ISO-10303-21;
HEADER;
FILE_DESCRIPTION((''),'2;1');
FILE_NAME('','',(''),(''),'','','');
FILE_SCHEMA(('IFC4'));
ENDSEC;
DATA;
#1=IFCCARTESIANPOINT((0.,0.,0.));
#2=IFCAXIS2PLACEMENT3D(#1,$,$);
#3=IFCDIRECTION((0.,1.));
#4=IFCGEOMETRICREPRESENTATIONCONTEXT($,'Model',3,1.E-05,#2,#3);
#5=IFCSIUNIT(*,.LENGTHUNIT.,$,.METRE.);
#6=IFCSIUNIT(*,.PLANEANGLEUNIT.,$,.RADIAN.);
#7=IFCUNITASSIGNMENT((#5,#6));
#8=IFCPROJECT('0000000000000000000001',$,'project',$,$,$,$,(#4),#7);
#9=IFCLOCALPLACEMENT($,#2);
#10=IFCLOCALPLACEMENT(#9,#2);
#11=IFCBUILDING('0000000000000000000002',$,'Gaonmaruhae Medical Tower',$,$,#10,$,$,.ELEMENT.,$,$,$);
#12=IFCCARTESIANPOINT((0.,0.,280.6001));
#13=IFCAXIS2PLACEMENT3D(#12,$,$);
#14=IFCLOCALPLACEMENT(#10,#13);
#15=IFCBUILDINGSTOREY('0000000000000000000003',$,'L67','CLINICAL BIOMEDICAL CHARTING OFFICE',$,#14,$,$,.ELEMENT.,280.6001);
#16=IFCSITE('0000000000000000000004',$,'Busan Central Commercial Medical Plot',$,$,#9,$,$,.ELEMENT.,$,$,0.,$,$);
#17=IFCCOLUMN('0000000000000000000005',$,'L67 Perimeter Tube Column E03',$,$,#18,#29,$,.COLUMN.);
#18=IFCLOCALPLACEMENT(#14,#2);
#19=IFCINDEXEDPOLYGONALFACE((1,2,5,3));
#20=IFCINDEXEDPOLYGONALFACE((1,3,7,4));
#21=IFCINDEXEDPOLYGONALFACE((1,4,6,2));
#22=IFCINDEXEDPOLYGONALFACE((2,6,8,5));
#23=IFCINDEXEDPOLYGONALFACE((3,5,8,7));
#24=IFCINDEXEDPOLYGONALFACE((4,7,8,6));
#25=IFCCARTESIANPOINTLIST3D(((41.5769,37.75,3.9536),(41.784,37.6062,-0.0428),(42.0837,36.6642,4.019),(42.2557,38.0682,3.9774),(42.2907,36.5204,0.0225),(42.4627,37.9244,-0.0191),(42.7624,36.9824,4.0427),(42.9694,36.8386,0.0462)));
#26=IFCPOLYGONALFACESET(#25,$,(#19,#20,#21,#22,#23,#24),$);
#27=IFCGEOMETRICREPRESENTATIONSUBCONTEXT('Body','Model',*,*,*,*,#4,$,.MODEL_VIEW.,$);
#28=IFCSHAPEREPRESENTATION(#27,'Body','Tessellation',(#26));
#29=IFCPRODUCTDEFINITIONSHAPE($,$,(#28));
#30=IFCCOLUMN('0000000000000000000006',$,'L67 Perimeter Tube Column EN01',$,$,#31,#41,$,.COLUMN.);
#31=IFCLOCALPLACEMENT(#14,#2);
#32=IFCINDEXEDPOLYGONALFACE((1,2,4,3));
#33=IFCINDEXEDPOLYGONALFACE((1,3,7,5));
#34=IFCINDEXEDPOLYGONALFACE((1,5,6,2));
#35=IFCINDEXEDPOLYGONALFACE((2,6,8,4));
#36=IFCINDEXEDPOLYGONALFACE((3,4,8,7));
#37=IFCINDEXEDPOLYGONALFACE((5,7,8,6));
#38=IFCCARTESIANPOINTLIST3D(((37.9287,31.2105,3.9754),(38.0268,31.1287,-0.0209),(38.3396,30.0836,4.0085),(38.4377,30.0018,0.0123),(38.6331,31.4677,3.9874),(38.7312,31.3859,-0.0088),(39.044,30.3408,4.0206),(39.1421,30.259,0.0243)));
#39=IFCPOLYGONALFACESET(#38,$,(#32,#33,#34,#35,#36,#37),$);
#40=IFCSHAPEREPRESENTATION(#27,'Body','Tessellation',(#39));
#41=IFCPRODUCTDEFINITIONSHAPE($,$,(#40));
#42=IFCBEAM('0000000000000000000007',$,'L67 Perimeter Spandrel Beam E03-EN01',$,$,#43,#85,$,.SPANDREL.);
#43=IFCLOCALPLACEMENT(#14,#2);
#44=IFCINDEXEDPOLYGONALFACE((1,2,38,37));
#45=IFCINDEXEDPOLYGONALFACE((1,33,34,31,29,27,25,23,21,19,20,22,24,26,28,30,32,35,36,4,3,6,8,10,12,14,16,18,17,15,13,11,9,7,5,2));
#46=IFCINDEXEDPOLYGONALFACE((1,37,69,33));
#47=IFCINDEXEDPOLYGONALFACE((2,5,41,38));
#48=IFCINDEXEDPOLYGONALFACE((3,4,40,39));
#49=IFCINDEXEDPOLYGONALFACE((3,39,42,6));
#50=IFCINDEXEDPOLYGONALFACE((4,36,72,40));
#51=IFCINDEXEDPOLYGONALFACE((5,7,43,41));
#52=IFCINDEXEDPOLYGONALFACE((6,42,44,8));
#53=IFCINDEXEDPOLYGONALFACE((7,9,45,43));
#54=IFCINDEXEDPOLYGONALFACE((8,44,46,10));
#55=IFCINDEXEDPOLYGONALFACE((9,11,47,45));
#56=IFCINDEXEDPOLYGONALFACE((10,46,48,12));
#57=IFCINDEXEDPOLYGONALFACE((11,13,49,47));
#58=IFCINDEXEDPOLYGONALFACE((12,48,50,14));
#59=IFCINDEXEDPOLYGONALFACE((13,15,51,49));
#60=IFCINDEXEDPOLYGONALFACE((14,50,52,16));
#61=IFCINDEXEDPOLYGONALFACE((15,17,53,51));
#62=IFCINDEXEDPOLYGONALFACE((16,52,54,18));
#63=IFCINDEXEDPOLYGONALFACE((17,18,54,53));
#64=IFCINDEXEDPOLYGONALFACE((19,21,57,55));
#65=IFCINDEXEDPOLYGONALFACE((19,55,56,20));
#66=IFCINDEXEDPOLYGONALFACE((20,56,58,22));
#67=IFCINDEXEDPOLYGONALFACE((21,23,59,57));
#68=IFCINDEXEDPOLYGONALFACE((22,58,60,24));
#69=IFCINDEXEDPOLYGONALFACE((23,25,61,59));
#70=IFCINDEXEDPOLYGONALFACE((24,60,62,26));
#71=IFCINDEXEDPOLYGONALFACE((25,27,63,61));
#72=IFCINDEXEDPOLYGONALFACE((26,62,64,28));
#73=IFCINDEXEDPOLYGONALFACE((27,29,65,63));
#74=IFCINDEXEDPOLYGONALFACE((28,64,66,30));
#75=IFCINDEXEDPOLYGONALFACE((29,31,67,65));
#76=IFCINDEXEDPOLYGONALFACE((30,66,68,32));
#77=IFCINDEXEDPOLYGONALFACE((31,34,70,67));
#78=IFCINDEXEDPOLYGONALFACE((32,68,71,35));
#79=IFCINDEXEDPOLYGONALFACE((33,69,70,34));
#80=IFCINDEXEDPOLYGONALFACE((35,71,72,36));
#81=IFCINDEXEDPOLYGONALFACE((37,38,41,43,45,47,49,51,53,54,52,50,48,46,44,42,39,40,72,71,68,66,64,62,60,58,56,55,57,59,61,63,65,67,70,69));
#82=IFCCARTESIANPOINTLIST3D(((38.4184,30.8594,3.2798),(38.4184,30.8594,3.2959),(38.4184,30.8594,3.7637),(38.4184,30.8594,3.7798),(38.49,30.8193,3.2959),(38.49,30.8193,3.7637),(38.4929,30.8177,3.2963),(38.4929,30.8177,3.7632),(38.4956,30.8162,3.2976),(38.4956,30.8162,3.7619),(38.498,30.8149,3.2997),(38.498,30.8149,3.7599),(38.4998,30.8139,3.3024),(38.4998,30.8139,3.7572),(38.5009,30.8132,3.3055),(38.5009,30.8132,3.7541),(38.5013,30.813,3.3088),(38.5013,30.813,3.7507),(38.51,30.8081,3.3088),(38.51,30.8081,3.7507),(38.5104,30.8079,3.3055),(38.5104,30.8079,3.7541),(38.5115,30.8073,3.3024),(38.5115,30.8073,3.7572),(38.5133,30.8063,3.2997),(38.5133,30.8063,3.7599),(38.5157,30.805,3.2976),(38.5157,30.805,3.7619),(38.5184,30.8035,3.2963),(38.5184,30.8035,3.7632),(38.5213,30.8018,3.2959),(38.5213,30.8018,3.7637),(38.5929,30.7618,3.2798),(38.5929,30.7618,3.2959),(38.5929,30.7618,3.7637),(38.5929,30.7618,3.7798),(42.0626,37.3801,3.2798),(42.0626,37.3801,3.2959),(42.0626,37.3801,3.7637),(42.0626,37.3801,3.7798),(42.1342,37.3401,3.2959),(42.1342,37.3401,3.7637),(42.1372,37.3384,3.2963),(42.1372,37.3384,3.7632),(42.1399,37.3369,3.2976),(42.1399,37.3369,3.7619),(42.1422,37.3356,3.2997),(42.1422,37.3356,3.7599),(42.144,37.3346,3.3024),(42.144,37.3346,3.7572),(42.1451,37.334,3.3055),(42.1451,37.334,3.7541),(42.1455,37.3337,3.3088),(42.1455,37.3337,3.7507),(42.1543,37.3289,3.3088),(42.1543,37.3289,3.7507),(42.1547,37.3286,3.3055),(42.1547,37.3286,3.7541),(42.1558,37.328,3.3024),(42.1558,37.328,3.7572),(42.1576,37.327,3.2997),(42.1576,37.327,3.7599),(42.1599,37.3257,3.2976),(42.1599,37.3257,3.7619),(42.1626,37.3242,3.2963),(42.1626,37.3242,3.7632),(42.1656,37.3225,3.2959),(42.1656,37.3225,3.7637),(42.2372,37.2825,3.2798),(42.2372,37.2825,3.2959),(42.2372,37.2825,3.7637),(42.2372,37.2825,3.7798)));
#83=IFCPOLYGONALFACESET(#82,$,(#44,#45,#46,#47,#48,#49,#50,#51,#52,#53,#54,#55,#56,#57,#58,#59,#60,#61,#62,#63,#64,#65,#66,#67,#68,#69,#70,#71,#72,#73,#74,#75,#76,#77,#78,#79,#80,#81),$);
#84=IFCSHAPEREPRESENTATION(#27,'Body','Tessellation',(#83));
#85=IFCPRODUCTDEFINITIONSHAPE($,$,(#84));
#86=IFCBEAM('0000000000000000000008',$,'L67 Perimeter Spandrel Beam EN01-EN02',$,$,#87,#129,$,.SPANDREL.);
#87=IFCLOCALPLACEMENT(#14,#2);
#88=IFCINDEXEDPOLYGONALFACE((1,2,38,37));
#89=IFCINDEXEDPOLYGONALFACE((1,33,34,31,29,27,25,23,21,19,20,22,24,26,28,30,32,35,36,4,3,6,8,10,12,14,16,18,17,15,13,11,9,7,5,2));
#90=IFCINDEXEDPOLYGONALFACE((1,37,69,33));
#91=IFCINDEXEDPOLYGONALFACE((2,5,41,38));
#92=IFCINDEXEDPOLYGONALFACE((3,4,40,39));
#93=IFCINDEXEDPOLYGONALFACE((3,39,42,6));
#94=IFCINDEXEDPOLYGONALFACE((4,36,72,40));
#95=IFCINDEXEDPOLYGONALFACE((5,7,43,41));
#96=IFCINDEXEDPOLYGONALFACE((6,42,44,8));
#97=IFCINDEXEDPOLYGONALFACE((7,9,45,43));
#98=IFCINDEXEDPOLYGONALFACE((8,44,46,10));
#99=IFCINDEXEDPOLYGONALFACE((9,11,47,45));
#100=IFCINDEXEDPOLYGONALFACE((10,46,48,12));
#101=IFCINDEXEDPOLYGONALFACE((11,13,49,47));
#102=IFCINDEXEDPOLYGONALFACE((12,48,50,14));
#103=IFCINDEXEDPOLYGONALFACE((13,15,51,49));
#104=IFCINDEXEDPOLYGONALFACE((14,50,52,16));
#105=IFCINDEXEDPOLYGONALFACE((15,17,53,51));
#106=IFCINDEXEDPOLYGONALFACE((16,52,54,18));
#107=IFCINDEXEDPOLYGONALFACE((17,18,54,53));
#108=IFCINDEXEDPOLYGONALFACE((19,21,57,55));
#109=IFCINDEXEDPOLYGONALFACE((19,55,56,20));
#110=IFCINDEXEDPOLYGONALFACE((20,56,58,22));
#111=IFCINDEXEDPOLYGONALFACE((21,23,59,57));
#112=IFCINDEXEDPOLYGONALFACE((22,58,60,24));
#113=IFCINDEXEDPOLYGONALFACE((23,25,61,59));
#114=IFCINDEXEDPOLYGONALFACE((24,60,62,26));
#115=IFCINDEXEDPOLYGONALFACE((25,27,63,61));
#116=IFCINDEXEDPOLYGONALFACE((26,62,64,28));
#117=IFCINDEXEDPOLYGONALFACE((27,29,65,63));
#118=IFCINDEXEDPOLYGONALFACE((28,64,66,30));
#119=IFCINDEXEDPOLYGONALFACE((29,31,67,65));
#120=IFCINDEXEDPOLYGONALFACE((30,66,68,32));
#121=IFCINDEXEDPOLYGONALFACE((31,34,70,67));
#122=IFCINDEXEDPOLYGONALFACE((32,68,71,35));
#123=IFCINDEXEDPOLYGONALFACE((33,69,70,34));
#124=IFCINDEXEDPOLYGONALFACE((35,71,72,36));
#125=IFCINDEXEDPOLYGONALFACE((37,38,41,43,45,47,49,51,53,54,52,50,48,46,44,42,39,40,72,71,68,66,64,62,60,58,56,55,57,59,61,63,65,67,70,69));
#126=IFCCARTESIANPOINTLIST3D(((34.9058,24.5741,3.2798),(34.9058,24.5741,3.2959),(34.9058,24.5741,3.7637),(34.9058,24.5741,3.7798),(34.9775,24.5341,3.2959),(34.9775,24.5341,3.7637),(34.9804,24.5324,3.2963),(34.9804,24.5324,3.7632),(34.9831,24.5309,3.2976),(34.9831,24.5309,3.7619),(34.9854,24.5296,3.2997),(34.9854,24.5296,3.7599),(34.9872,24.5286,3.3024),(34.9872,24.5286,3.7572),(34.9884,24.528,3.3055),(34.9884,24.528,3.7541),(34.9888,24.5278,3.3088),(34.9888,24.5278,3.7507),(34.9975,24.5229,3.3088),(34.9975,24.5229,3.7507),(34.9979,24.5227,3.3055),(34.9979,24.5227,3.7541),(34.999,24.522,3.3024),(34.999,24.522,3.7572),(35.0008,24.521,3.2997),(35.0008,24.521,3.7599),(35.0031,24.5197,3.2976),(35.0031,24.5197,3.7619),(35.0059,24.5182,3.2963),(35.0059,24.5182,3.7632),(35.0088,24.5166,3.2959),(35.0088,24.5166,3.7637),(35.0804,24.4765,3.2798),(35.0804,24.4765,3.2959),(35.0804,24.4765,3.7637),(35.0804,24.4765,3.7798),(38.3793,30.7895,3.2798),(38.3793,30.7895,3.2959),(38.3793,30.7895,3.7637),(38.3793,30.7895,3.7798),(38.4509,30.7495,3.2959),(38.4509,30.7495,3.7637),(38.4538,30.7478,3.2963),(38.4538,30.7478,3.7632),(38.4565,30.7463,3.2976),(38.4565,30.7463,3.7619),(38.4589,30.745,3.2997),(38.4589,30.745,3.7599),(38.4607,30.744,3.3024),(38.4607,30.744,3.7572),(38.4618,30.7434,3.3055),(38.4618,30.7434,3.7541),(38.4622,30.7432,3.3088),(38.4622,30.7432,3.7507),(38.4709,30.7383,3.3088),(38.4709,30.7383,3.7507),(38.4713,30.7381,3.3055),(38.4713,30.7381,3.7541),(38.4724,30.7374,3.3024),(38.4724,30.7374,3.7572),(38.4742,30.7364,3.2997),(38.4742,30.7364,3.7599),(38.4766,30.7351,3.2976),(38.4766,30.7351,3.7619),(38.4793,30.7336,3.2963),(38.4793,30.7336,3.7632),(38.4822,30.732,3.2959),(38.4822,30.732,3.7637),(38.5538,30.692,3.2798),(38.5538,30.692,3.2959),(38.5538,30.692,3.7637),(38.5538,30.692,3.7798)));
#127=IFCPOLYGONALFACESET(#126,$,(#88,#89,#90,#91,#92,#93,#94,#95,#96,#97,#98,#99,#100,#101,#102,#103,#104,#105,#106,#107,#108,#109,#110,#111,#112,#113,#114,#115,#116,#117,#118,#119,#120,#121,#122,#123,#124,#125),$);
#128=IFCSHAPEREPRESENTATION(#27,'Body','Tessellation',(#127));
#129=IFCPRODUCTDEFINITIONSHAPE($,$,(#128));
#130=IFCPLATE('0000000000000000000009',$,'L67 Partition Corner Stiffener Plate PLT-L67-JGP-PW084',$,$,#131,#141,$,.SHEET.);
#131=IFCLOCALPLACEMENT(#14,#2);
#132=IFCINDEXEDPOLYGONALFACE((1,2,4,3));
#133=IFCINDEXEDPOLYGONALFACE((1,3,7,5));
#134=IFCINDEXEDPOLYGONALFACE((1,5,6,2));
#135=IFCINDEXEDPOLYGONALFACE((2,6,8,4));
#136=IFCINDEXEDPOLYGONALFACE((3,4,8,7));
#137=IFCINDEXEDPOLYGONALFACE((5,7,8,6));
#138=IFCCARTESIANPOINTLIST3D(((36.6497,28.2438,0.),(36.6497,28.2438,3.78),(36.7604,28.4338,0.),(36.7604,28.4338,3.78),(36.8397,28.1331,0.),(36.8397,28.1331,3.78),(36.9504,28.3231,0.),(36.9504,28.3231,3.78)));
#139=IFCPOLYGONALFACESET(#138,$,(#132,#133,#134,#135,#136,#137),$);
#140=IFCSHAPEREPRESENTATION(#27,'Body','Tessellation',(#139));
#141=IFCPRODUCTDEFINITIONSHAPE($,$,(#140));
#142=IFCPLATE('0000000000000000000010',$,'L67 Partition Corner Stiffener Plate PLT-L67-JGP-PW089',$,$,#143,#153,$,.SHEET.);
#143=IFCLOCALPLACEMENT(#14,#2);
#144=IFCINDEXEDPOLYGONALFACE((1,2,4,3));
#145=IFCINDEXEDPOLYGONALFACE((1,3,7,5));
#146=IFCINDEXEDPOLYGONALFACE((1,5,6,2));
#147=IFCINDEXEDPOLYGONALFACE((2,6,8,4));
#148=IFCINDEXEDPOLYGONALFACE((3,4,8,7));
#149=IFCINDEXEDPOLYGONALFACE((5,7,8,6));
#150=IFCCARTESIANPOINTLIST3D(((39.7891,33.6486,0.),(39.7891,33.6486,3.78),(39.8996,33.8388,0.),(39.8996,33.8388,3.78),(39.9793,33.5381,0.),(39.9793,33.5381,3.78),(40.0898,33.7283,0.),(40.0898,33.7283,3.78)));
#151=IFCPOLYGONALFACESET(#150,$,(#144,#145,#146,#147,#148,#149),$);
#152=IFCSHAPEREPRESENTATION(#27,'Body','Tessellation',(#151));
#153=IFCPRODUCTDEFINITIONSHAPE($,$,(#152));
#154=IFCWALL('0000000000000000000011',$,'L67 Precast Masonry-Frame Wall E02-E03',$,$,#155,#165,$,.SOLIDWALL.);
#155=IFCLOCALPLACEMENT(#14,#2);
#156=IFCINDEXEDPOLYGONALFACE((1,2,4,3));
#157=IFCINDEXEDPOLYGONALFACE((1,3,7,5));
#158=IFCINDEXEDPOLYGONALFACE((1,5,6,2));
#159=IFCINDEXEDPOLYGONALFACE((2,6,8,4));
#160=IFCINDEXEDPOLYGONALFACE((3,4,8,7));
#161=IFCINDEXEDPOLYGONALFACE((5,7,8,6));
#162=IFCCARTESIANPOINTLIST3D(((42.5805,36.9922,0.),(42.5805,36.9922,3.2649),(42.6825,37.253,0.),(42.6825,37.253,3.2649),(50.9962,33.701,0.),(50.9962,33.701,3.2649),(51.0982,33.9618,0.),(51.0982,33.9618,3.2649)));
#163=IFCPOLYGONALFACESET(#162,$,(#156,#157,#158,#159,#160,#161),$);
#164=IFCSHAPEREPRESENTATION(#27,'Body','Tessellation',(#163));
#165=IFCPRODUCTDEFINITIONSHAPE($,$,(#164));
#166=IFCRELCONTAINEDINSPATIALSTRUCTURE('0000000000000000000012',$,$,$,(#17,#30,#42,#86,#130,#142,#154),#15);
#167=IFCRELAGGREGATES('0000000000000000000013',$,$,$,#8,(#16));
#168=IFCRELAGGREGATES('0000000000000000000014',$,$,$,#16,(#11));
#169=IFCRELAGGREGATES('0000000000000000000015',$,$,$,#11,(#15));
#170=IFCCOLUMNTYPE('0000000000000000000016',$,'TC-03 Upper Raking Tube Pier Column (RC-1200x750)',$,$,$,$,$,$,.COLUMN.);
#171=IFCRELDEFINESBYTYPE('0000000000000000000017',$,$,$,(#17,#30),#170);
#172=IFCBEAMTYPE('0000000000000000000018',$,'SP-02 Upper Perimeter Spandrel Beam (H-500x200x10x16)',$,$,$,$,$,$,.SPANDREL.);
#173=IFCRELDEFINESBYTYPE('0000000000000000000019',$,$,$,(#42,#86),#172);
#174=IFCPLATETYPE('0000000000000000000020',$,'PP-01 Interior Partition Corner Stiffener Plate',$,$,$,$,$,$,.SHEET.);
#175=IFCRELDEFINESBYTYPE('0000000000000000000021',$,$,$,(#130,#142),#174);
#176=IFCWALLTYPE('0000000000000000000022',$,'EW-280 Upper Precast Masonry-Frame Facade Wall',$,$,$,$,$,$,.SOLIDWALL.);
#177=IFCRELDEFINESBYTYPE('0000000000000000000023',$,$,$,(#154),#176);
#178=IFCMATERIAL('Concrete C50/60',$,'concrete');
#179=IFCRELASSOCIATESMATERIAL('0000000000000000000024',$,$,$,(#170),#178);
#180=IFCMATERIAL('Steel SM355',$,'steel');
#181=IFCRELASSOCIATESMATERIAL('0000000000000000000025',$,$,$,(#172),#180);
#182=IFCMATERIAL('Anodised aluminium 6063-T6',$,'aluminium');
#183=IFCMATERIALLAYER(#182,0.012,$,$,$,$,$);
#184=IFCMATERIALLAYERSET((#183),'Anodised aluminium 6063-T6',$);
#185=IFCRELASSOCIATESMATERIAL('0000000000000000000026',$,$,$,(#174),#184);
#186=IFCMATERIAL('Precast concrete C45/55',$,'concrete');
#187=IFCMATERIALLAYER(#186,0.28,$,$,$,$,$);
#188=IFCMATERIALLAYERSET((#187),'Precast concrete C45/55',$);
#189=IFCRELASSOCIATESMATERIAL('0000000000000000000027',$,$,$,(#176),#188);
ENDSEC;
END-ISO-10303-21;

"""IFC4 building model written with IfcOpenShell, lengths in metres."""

from ifc_helpers import new_model, si_unit, direction, frame, frame_2d, origin, origin_2d, place, context, subcontext, project, spatial, rectangle, i_section, extrude, material, layer, layer_set, material_profile, profile_set, type_object, element, save


model = new_model("IFC4")

# Units and contexts
model_context = context("Model", 3, precision=1e-05, world=origin(), true_north=direction((0.0, 1.0)))
body_context = subcontext(model_context, "Body", "Model", "MODEL_VIEW")
ifc_project = project(units=[si_unit("LENGTHUNIT", "METRE"), si_unit("PLANEANGLEUNIT", "RADIAN")], contexts=[model_context])

# Site, building, storey
site_placement = place(None, origin())
site = spatial("IfcSite", under=ifc_project, at=site_placement, Name="Busan Central Commercial Medical Plot", CompositionType="ELEMENT", RefElevation=0.0)
building_placement = place(site_placement, origin())
building = spatial("IfcBuilding", under=site, at=building_placement, Name="Gaonmaruhae Medical Tower", CompositionType="ELEMENT")
storey_placement = place(building_placement, frame((0.0, 0.0, 280.6001)))
storey = spatial("IfcBuildingStorey", under=building, at=storey_placement, Name="L67", Description="CLINICAL BIOMEDICAL CHARTING OFFICE", CompositionType="ELEMENT", Elevation=280.6001)

# Columns
ifc_material_1 = material(Name="Concrete C50/60", Category="concrete")
ifc_material_profile_1 = material_profile(ifc_material_1, rectangle(XDim=1.2, YDim=0.75, at=origin_2d()), Name="RC-1200x750")
ifc_profile_set_1 = profile_set([ifc_material_profile_1], Name="Concrete C50/60")
column_type = type_object("IfcColumnType", Name="TC-03 Upper Raking Tube Pier Column (RC-1200x750)", PredefinedType="COLUMN", material=ifc_profile_set_1)
column_1_placement = place(storey_placement, frame((42.3767, 37.2224, 0.0017), z_axis=(-0.051702, 0.035911, 0.998017), x_axis=(0.422271, -0.904834, 0.054434)))
element("IfcColumn", 1, at=column_1_placement, inside=storey, type_object=column_type, Name="L67 Perimeter Tube Column E03", PredefinedType="COLUMN", context=body_context, shape_type="SweptSolid", body=[
    extrude(rectangle(XDim=1.2, YDim=0.75, at=origin_2d()), origin(), (0.0, 0.0, 1.0), 4.0044),
])
column_2_placement = place(storey_placement, frame((38.5845, 30.6938, 0.0017), z_axis=(-0.024546, 0.020455, 0.999489), x_axis=(0.34241, -0.939144, 0.027629)))
element("IfcColumn", 2, at=column_2_placement, inside=storey, type_object=column_type, Name="L67 Perimeter Tube Column EN01", PredefinedType="COLUMN", context=body_context, shape_type="SweptSolid", body=[
    extrude(rectangle(XDim=1.2, YDim=0.75, at=origin_2d()), origin(), (0.0, 0.0, 1.0), 3.9983),
])

# Beams
ifc_material_2 = material(Name="Steel SM355", Category="steel")
ifc_material_profile_2 = material_profile(ifc_material_2, i_section(OverallWidth=0.2, OverallDepth=0.5, WebThickness=0.01, FlangeThickness=0.0161, FilletRadius=0.0129, at=origin_2d()), Name="H-500x200x10x16")
ifc_profile_set_2 = profile_set([ifc_material_profile_2], Name="Steel SM355")
beam_type = type_object("IfcBeamType", Name="SP-02 Upper Perimeter Spandrel Beam (H-500x200x10x16)", PredefinedType="SPANDREL", material=ifc_profile_set_2)
beam_1_placement = place(storey_placement, frame((42.1499, 37.3313, 3.5298), z_axis=(-0.487856, -0.872924, 0.0), x_axis=(0.872924, -0.487856, 0.0)))
element("IfcBeam", 3, at=beam_1_placement, inside=storey, type_object=beam_type, Name="L67 Perimeter Spandrel Beam E03-EN01", PredefinedType="SPANDREL", context=body_context, shape_type="SweptSolid", body=[
    extrude(i_section(OverallWidth=0.2, OverallDepth=0.5, WebThickness=0.01, FlangeThickness=0.0161, FilletRadius=0.0129, at=origin_2d()), origin(), (0.0, 0.0, 1.0), 7.47),
])
beam_2_placement = place(storey_placement, frame((38.4666, 30.7407, 3.5298), z_axis=(-0.487834, -0.872937, 0.0), x_axis=(0.872937, -0.487834, 0.0)))
element("IfcBeam", 4, at=beam_2_placement, inside=storey, type_object=beam_type, Name="L67 Perimeter Spandrel Beam EN01-EN02", PredefinedType="SPANDREL", context=body_context, shape_type="SweptSolid", body=[
    extrude(i_section(OverallWidth=0.2, OverallDepth=0.5, WebThickness=0.01, FlangeThickness=0.0161, FilletRadius=0.0129, at=origin_2d()), origin(), (0.0, 0.0, 1.0), 7.1201),
])

# Plates
ifc_material_3 = material(Name="Anodised aluminium 6063-T6", Category="aluminium")
ifc_layer_1 = layer(ifc_material_3, 0.012)
ifc_layer_set_1 = layer_set([ifc_layer_1], Name="Anodised aluminium 6063-T6")
plate_type = type_object("IfcPlateType", Name="PP-01 Interior Partition Corner Stiffener Plate", PredefinedType="SHEET", material=ifc_layer_set_1)
for number, where, z_axis, x_axis, name in (
    (5, (36.8, 28.2834, 0.0), (0.0, 0.0, 1.0), (0.864108, -0.503307, 0.0), "L67 Partition Corner Stiffener Plate PLT-L67-JGP-PW084"),
    (6, (39.9395, 33.6885, 0.0), (0.0, 0.0, 1.0), (0.864696, -0.502296, 0.0), "L67 Partition Corner Stiffener Plate PLT-L67-JGP-PW089"),
):
    element("IfcPlate", number, at=place(storey_placement, frame(where, z_axis=z_axis, x_axis=x_axis)), inside=storey, type_object=plate_type, Name=name, PredefinedType="SHEET", context=body_context, shape_type="SweptSolid", body=[
        extrude(rectangle(XDim=0.22, YDim=0.22, at=origin_2d()), origin(), (0.0, 0.0, 1.0), 3.78),
    ])

# Wall
ifc_material_4 = material(Name="Precast concrete C45/55", Category="concrete")
ifc_layer_2 = layer(ifc_material_4, 0.28)
ifc_layer_set_2 = layer_set([ifc_layer_2], Name="Precast concrete C45/55")
wall_type_1 = type_object("IfcWallType", Name="EW-280 Upper Precast Masonry-Frame Facade Wall", PredefinedType="SOLIDWALL", material=ifc_layer_set_2)
wall_1_placement = place(storey_placement, frame((42.6316, 37.1226, 0.0), z_axis=(0.0, 0.0, 1.0), x_axis=(0.931313, -0.36422, 0.0)))
element("IfcWall", 7, at=wall_1_placement, inside=storey, type_object=wall_type_1, Name="L67 Precast Masonry-Frame Wall E02-E03", PredefinedType="SOLIDWALL", context=body_context, shape_type="SweptSolid", body=[
    extrude(rectangle(XDim=9.0364, YDim=0.28, at=frame_2d((4.5181, 0.0))), origin(), (0.0, 0.0, 1.0), 3.2649),
])

save(model, "model.ifc")
